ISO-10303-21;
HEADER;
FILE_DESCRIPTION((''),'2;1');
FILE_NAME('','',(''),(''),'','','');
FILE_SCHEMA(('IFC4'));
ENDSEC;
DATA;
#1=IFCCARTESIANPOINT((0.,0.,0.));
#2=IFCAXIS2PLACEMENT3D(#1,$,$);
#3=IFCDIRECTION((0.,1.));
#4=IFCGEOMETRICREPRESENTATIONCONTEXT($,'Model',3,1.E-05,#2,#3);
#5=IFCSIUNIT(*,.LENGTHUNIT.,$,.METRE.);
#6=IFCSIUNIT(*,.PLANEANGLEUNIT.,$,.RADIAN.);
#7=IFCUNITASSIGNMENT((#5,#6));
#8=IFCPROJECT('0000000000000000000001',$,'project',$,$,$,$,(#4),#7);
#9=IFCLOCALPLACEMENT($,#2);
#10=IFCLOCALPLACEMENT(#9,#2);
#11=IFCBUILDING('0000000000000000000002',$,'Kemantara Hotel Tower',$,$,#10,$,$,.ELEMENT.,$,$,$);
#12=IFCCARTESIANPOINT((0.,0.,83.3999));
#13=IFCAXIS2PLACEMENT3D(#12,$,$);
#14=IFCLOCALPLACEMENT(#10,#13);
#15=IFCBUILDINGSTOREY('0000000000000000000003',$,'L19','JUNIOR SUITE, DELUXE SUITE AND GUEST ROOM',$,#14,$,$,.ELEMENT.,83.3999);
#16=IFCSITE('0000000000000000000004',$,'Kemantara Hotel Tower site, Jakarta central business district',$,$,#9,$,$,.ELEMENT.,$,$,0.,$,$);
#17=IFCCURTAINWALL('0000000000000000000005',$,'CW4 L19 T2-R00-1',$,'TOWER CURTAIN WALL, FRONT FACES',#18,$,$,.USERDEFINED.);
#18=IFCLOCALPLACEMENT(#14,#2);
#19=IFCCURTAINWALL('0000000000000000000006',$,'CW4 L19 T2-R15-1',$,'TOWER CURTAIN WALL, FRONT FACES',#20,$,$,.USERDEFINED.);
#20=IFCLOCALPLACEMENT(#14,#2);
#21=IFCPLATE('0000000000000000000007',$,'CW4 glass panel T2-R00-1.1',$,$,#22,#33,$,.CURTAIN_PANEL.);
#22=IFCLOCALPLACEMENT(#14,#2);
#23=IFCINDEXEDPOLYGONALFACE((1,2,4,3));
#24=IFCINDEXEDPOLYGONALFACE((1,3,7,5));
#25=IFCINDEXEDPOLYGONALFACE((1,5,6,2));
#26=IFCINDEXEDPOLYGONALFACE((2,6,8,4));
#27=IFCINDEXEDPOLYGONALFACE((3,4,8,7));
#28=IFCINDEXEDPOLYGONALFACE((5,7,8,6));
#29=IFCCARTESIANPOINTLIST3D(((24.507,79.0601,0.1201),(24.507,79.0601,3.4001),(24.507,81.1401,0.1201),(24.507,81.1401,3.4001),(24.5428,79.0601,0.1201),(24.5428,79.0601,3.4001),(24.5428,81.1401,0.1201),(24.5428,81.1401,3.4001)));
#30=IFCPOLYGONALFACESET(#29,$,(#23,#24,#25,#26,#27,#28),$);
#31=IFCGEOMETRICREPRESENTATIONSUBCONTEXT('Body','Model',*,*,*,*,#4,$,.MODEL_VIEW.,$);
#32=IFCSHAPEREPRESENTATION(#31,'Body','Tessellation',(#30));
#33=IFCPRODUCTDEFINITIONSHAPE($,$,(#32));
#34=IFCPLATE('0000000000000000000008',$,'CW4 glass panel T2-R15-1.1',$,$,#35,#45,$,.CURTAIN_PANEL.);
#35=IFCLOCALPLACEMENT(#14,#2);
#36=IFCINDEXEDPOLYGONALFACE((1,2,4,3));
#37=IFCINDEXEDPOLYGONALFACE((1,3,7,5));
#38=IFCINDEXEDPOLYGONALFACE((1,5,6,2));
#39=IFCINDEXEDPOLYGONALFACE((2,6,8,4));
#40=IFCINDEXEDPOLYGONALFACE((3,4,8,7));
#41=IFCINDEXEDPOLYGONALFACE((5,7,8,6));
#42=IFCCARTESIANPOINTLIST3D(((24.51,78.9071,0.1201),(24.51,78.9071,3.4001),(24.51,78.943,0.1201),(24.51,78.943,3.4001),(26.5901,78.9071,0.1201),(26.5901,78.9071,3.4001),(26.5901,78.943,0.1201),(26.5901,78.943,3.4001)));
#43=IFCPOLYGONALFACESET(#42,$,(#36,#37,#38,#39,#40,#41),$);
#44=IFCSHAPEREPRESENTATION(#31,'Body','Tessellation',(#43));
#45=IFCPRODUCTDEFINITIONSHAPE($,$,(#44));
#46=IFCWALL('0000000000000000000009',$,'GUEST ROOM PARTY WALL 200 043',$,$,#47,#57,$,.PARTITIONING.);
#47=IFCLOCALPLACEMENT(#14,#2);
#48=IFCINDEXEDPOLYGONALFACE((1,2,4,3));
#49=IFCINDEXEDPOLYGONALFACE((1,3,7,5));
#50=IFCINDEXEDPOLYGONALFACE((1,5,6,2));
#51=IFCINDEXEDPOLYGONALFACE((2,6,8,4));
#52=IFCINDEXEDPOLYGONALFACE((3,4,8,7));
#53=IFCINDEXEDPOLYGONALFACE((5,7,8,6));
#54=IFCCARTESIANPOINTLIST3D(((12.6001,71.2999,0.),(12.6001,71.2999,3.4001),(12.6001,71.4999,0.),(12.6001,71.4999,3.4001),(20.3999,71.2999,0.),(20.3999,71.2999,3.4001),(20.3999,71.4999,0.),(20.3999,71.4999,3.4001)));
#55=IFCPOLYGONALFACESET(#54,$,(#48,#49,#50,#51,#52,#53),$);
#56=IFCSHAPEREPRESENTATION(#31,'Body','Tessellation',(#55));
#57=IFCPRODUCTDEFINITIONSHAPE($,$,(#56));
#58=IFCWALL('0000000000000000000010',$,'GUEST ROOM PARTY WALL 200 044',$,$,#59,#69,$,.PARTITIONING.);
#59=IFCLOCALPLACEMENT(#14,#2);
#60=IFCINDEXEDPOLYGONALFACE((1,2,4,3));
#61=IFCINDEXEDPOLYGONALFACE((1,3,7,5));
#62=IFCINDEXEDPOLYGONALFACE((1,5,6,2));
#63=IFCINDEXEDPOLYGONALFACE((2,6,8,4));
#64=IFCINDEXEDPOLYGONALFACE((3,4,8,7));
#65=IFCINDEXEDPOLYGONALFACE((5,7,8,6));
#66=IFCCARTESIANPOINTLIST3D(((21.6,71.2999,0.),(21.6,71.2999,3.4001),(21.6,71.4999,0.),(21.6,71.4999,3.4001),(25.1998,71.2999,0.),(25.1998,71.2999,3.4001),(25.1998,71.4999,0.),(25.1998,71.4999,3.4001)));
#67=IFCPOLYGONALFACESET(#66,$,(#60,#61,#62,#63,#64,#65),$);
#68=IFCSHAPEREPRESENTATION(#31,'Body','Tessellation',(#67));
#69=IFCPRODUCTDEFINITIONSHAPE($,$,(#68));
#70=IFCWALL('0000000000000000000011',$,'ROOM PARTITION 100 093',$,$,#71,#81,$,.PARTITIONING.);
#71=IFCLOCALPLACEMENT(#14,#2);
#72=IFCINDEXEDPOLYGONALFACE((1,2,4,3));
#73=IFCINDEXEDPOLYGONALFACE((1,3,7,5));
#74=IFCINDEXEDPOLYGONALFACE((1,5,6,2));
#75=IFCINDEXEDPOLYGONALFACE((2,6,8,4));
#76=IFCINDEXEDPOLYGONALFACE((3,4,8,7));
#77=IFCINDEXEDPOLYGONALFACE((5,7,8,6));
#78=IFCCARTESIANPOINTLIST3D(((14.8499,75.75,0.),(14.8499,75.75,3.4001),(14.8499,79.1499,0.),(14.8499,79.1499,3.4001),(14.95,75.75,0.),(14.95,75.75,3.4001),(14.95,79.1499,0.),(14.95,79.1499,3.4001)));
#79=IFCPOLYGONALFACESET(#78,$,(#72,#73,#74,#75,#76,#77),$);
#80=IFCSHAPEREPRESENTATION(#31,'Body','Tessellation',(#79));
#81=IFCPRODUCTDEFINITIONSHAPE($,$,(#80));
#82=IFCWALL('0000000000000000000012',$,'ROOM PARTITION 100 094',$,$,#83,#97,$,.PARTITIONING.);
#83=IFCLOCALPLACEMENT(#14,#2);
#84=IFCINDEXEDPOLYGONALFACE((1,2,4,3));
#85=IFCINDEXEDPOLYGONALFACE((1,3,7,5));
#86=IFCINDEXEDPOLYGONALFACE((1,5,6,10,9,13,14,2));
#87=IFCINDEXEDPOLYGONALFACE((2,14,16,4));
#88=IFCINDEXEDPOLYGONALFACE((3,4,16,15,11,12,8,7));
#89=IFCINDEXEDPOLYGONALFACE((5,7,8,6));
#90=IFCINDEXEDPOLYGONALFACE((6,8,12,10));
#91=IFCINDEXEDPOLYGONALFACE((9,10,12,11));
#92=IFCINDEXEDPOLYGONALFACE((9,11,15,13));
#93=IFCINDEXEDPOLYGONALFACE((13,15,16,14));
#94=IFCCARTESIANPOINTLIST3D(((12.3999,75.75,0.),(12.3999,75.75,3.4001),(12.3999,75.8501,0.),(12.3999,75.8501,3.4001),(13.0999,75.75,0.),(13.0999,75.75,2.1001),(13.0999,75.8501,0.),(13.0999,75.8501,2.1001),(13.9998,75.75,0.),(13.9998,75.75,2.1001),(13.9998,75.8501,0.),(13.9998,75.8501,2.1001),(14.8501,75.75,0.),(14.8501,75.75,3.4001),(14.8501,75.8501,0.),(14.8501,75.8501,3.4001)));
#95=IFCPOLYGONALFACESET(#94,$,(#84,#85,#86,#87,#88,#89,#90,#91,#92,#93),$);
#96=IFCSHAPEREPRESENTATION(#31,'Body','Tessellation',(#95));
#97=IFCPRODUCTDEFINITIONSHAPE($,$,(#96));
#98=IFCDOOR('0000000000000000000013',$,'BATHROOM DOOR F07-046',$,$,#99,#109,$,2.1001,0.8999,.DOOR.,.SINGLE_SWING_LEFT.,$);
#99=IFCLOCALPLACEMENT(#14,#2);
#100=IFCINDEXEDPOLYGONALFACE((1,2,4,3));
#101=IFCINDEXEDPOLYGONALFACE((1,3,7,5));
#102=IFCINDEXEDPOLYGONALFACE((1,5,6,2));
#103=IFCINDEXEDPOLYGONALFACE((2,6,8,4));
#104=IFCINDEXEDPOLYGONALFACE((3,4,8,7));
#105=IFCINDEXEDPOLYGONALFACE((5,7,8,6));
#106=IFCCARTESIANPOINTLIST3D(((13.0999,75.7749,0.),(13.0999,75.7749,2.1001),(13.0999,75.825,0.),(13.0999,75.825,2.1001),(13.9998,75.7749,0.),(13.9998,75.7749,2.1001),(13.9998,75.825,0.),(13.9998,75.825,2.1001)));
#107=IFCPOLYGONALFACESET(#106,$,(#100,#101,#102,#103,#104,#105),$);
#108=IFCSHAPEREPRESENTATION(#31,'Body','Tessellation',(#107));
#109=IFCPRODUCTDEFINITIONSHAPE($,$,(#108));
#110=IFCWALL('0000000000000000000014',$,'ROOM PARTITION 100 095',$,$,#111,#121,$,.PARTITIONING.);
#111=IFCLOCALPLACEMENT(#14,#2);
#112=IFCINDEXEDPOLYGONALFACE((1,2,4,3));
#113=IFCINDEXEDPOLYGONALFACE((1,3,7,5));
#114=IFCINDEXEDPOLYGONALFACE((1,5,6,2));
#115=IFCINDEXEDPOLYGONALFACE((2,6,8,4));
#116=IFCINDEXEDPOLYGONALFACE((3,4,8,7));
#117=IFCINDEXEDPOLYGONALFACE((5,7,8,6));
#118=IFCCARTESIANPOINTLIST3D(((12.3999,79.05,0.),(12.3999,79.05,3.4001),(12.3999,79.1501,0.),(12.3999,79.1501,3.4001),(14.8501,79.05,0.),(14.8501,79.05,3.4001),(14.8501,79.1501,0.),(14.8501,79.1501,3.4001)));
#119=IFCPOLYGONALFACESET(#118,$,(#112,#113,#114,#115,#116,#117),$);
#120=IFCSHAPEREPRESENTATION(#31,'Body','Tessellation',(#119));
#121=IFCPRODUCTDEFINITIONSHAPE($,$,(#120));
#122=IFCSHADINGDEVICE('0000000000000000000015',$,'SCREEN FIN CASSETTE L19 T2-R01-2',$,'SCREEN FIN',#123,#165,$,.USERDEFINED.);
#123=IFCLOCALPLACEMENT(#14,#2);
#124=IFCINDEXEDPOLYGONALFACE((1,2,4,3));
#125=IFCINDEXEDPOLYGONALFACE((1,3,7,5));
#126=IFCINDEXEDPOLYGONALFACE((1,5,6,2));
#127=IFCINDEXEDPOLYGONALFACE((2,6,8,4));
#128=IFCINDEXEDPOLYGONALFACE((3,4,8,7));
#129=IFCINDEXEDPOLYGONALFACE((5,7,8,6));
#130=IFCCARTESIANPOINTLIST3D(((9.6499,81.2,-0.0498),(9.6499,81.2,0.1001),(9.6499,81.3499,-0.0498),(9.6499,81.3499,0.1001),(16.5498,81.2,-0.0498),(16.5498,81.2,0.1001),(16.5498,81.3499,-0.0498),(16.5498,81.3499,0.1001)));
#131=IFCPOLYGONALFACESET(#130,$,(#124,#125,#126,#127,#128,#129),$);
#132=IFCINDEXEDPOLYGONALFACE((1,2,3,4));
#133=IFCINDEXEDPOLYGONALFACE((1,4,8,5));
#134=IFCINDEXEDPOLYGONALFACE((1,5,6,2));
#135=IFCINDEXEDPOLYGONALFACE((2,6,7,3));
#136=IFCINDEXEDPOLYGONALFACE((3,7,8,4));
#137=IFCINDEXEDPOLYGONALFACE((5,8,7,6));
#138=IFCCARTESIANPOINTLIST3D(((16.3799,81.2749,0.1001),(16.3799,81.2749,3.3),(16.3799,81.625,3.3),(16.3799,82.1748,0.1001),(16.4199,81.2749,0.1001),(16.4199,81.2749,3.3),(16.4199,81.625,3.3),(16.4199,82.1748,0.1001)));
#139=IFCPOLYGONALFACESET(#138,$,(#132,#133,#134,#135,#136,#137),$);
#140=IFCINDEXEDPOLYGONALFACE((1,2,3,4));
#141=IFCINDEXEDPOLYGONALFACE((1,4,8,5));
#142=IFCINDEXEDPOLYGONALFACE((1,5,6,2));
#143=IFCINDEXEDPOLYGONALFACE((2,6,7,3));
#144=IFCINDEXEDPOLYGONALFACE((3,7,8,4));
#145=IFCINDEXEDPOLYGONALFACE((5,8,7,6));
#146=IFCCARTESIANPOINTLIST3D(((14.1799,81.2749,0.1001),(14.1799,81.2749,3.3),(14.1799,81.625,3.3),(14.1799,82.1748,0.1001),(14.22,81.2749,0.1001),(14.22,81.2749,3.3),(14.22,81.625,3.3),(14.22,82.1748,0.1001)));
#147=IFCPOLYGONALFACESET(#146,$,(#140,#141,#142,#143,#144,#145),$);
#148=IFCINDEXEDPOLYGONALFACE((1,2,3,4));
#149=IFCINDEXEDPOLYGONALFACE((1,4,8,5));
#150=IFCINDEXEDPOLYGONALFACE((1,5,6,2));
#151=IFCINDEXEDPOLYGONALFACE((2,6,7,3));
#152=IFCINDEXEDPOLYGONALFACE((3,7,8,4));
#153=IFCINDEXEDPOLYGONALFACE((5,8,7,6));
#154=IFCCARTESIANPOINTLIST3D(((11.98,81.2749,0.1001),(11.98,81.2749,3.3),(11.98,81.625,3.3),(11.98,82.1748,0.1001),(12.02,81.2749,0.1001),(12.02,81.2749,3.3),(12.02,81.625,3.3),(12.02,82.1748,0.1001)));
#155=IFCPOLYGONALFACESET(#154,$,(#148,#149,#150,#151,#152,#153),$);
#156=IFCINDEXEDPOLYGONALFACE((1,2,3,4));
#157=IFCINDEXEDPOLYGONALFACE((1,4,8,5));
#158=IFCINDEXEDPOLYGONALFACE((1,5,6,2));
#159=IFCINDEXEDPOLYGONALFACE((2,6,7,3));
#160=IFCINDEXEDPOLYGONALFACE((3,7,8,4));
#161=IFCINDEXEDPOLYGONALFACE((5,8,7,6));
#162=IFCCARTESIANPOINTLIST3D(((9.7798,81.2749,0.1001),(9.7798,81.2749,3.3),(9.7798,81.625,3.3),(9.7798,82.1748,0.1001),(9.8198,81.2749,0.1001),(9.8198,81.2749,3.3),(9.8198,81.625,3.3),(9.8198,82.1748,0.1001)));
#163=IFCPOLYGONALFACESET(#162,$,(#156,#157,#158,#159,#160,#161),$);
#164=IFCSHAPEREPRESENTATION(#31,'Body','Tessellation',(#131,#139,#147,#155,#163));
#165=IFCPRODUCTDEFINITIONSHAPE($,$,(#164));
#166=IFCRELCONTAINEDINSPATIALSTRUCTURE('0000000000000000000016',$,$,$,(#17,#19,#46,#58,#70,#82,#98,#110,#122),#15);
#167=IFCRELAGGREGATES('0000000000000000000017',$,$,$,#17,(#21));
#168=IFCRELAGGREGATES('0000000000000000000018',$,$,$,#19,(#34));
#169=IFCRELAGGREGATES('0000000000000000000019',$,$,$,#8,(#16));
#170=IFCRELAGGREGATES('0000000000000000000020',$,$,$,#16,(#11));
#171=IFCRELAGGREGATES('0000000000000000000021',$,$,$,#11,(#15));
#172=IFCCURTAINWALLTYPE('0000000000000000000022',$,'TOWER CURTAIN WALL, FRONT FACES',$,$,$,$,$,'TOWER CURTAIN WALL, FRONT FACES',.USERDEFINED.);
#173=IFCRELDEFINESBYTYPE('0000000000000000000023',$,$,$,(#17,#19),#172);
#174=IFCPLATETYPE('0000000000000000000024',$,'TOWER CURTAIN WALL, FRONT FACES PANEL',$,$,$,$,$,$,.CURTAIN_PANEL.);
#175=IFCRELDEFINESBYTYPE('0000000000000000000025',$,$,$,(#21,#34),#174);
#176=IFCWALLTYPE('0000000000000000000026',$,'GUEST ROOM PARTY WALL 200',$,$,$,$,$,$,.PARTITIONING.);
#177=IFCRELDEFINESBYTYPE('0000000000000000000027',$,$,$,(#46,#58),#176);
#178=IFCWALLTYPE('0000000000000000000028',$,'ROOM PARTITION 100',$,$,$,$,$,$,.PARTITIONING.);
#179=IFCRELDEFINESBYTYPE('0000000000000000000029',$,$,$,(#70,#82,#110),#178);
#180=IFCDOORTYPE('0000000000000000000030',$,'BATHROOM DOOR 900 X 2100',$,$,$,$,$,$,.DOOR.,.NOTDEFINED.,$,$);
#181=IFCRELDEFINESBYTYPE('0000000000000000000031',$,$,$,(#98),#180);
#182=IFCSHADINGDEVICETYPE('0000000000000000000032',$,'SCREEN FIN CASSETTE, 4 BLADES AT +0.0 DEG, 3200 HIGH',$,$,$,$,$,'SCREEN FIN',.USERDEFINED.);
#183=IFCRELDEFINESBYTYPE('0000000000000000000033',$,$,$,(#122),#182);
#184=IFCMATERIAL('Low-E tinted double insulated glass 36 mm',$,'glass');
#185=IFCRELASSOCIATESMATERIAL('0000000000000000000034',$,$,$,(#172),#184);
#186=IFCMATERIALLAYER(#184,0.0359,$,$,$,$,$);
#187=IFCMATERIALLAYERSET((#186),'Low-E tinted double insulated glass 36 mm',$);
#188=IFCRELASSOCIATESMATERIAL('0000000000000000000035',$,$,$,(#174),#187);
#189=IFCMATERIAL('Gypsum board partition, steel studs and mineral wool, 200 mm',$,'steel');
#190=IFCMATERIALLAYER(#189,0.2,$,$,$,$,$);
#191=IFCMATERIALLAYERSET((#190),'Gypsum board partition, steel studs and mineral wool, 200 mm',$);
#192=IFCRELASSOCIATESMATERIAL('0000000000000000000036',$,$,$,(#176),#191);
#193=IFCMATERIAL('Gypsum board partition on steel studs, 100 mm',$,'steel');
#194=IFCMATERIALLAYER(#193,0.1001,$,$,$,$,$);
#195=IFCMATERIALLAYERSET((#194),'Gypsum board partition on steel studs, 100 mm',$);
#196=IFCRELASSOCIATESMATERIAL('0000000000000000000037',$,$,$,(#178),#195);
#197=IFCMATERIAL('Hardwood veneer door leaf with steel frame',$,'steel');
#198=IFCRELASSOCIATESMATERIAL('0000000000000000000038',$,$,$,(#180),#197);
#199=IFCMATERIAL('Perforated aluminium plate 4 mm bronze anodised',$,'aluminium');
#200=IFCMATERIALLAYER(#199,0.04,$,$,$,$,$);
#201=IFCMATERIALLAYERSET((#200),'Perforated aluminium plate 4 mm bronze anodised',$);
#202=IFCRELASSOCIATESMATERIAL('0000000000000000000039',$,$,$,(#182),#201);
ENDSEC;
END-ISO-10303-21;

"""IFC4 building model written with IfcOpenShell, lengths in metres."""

from ifc_helpers import new_model, si_unit, direction, frame, frame_2d, origin, origin_2d, place, context, subcontext, project, spatial, polyline, rectangle, outline, extrude, source, transform, mapped, material, layer, layer_set, type_object, element, fill, aggregate, save


model = new_model("IFC4")

# Units and contexts
model_context = context("Model", 3, precision=1e-05, world=origin(), true_north=direction((0.0, 1.0)))
body_context = subcontext(model_context, "Body", "Model", "MODEL_VIEW")
ifc_project = project(units=[si_unit("LENGTHUNIT", "METRE"), si_unit("PLANEANGLEUNIT", "RADIAN")], contexts=[model_context])

# Site, building, storey
site_placement = place(None, origin())
site = spatial("IfcSite", under=ifc_project, at=site_placement, Name="Kemantara Hotel Tower site, Jakarta central business district", CompositionType="ELEMENT", RefElevation=0.0)
building_placement = place(site_placement, origin())
building = spatial("IfcBuilding", under=site, at=building_placement, Name="Kemantara Hotel Tower", CompositionType="ELEMENT")
storey_placement = place(building_placement, frame((0.0, 0.0, 83.3999)))
storey = spatial("IfcBuildingStorey", under=building, at=storey_placement, Name="L19", Description="JUNIOR SUITE, DELUXE SUITE AND GUEST ROOM", CompositionType="ELEMENT", Elevation=83.3999)

# Curtain wall
ifc_material_1 = material(Name="Low-E tinted double insulated glass 36 mm", Category="glass")
curtain_wall_type = type_object("IfcCurtainWallType", Name="TOWER CURTAIN WALL, FRONT FACES", ElementType="TOWER CURTAIN WALL, FRONT FACES", PredefinedType="USERDEFINED", material=ifc_material_1)
curtain_wall_1_placement = place(storey_placement, origin())
curtain_wall_1 = element("IfcCurtainWall", 1, at=curtain_wall_1_placement, inside=storey, type_object=curtain_wall_type, Name="CW4 L19 T2-R00-1", ObjectType="TOWER CURTAIN WALL, FRONT FACES", PredefinedType="USERDEFINED")

# Curtain wall
curtain_wall_2_placement = place(storey_placement, origin())
curtain_wall_2 = element("IfcCurtainWall", 2, at=curtain_wall_2_placement, inside=storey, type_object=curtain_wall_type, Name="CW4 L19 T2-R15-1", ObjectType="TOWER CURTAIN WALL, FRONT FACES", PredefinedType="USERDEFINED")

# Plates
ifc_layer_1 = layer(ifc_material_1, 0.0359)
ifc_layer_set_1 = layer_set([ifc_layer_1], Name="Low-E tinted double insulated glass 36 mm")
plate_type = type_object("IfcPlateType", Name="TOWER CURTAIN WALL, FRONT FACES PANEL", PredefinedType="CURTAIN_PANEL", material=ifc_layer_set_1)
shared_shape_1 = source(origin(), body_context, "Body", "SweptSolid", [
    extrude(rectangle(XDim=2.0801, YDim=0.0359, at=origin_2d()), origin(), (0.0, 0.0, 1.0), 3.28),
])
plate_1_placement = place(storey_placement, frame((24.5249, 80.1001, 0.1201), z_axis=(0.0, 0.0, 1.0), x_axis=(0.0, 1.0, 0.0)))
plate_1 = element("IfcPlate", 3, at=plate_1_placement, type_object=plate_type, Name="CW4 glass panel T2-R00-1.1", PredefinedType="CURTAIN_PANEL", context=body_context, shape_type="MappedRepresentation", body=[
    mapped(shared_shape_1, transform((0.0, 0.0, 0.0))),
])
aggregate(curtain_wall_1, [plate_1])
plate_2_placement = place(storey_placement, frame((25.55, 78.925, 0.1201), z_axis=(0.0, 0.0, 1.0), x_axis=(-1.0, 0.0, 0.0)))
plate_2 = element("IfcPlate", 4, at=plate_2_placement, type_object=plate_type, Name="CW4 glass panel T2-R15-1.1", PredefinedType="CURTAIN_PANEL", context=body_context, shape_type="MappedRepresentation", body=[
    mapped(shared_shape_1, transform((0.0, 0.0, 0.0))),
])
aggregate(curtain_wall_2, [plate_2])

# Walls
ifc_material_2 = material(Name="Gypsum board partition, steel studs and mineral wool, 200 mm", Category="steel")
ifc_layer_2 = layer(ifc_material_2, 0.2)
ifc_layer_set_2 = layer_set([ifc_layer_2], Name="Gypsum board partition, steel studs and mineral wool, 200 mm")
wall_type_1 = type_object("IfcWallType", Name="GUEST ROOM PARTY WALL 200", PredefinedType="PARTITIONING", material=ifc_layer_set_2)
wall_1_placement = place(storey_placement, frame((12.6001, 71.3999, 0.0), z_axis=(0.0, 0.0, 1.0), x_axis=(1.0, 0.0, 0.0)))
element("IfcWall", 5, at=wall_1_placement, inside=storey, type_object=wall_type_1, Name="GUEST ROOM PARTY WALL 200 043", PredefinedType="PARTITIONING", context=body_context, shape_type="SweptSolid", body=[
    extrude(rectangle(XDim=7.7998, YDim=0.2, at=frame_2d((3.8999, 0.0))), origin(), (0.0, 0.0, 1.0), 3.4001),
])
wall_2_placement = place(storey_placement, frame((21.6001, 71.3999, 0.0), z_axis=(0.0, 0.0, 1.0), x_axis=(1.0, 0.0, 0.0)))
element("IfcWall", 6, at=wall_2_placement, inside=storey, type_object=wall_type_1, Name="GUEST ROOM PARTY WALL 200 044", PredefinedType="PARTITIONING", context=body_context, shape_type="SweptSolid", body=[
    extrude(rectangle(XDim=3.5999, YDim=0.2, at=frame_2d((1.7998, 0.0))), origin(), (0.0, 0.0, 1.0), 3.4001),
])
ifc_material_3 = material(Name="Gypsum board partition on steel studs, 100 mm", Category="steel")
ifc_layer_3 = layer(ifc_material_3, 0.1001)
ifc_layer_set_3 = layer_set([ifc_layer_3], Name="Gypsum board partition on steel studs, 100 mm")
wall_type_2 = type_object("IfcWallType", Name="ROOM PARTITION 100", PredefinedType="PARTITIONING", material=ifc_layer_set_3)
wall_3_placement = place(storey_placement, frame((14.8999, 75.75, 0.0), z_axis=(0.0, 0.0, 1.0), x_axis=(0.0, 1.0, 0.0)))
element("IfcWall", 7, at=wall_3_placement, inside=storey, type_object=wall_type_2, Name="ROOM PARTITION 100 093", PredefinedType="PARTITIONING", context=body_context, shape_type="SweptSolid", body=[
    extrude(rectangle(XDim=3.3999, YDim=0.1001, at=frame_2d((1.7, 0.0))), origin(), (0.0, 0.0, 1.0), 3.4001),
])

# Wall, opening, door
wall_4_placement = place(storey_placement, frame((12.3999, 75.8, 0.0), z_axis=(0.0, 0.0, 1.0), x_axis=(1.0, 0.0, 0.0)))
wall_4 = element("IfcWall", 8, at=wall_4_placement, inside=storey, type_object=wall_type_2, Name="ROOM PARTITION 100 094", PredefinedType="PARTITIONING", context=body_context, shape_type="SweptSolid", body=[
    extrude(rectangle(XDim=2.4502, YDim=0.1001, at=frame_2d((1.2251, 0.0))), origin(), (0.0, 0.0, 1.0), 3.4001),
])
opening_placement = place(wall_4_placement, frame((0.7, 0.0, 0.0)))
opening = element("IfcOpeningElement", 9, at=opening_placement, cuts=wall_4, PredefinedType="OPENING", context=body_context, shape_type="SweptSolid", body=[
    extrude(rectangle(XDim=0.8999, YDim=2.1001, at=frame_2d((0.45, 1.05))), frame((0.0, 0.0601, 0.0), z_axis=(0.0, -1.0, 0.0), x_axis=(1.0, 0.0, 0.0)), (0.0, 0.0, 1.0), 0.1201),
])
ifc_material_4 = material(Name="Hardwood veneer door leaf with steel frame", Category="steel")
door_type = type_object("IfcDoorType", Name="BATHROOM DOOR 900 X 2100", OperationType="NOTDEFINED", PredefinedType="DOOR", material=ifc_material_4)
door_placement = place(opening_placement, origin())
door = element("IfcDoor", 10, at=door_placement, inside=storey, type_object=door_type, Name="BATHROOM DOOR F07-046", OperationType="SINGLE_SWING_LEFT", OverallHeight=2.1001, OverallWidth=0.8999, PredefinedType="DOOR", context=body_context, shape_type="SweptSolid", body=[
    extrude(rectangle(XDim=0.8999, YDim=2.1001, at=frame_2d((0.45, 1.05))), frame((0.0, 0.0249, 0.0), z_axis=(0.0, -1.0, 0.0), x_axis=(1.0, 0.0, 0.0)), (0.0, 0.0, 1.0), 0.05),
])
fill(opening, door)

# Wall
wall_5_placement = place(storey_placement, frame((12.3999, 79.1001, 0.0), z_axis=(0.0, 0.0, 1.0), x_axis=(1.0, 0.0, 0.0)))
element("IfcWall", 11, at=wall_5_placement, inside=storey, type_object=wall_type_2, Name="ROOM PARTITION 100 095", PredefinedType="PARTITIONING", context=body_context, shape_type="SweptSolid", body=[
    extrude(rectangle(XDim=2.4502, YDim=0.1001, at=frame_2d((1.2251, 0.0))), origin(), (0.0, 0.0, 1.0), 3.4001),
])

# Shading device
ifc_material_5 = material(Name="Perforated aluminium plate 4 mm bronze anodised", Category="aluminium")
ifc_layer_4 = layer(ifc_material_5, 0.04)
ifc_layer_set_4 = layer_set([ifc_layer_4], Name="Perforated aluminium plate 4 mm bronze anodised")
shading_device_type_1 = type_object("IfcShadingDeviceType", Name="SCREEN FIN CASSETTE, 4 BLADES AT +0.0 DEG, 3200 HIGH", ElementType="SCREEN FIN", PredefinedType="USERDEFINED", material=ifc_layer_set_4)
shared_shape_2 = source(origin(), body_context, "Body", "SweptSolid", [
    extrude(rectangle(XDim=6.8999, YDim=0.1499, at=origin_2d()), frame((3.3, -0.075, -0.1499), z_axis=(0.0, 0.0, 1.0), x_axis=(1.0, 0.0, 0.0)), (0.0, 0.0, 1.0), 0.1499),
    extrude(outline(polyline([(0.0, 0.0), (0.8999, 0.0), (0.3501, 3.2), (0.0, 3.2), (0.0, 0.0)])), frame((0.02, -0.075, 0.0), z_axis=(-1.0, 0.0, 0.0), x_axis=(0.0, -1.0, 0.0)), (0.0, 0.0, 1.0), 0.04),
    extrude(outline(polyline([(0.0, 0.0), (0.8999, 0.0), (0.3501, 3.2), (0.0, 3.2), (0.0, 0.0)])), frame((2.22, -0.075, 0.0), z_axis=(-1.0, 0.0, 0.0), x_axis=(0.0, -1.0, 0.0)), (0.0, 0.0, 1.0), 0.04),
    extrude(outline(polyline([(0.0, 0.0), (0.8999, 0.0), (0.3501, 3.2), (0.0, 3.2), (0.0, 0.0)])), frame((4.4199, -0.075, 0.0), z_axis=(-1.0, 0.0, 0.0), x_axis=(0.0, -1.0, 0.0)), (0.0, 0.0, 1.0), 0.04),
    extrude(outline(polyline([(0.0, 0.0), (0.8999, 0.0), (0.3501, 3.2), (0.0, 3.2), (0.0, 0.0)])), frame((6.6201, -0.075, 0.0), z_axis=(-1.0, 0.0, 0.0), x_axis=(0.0, -1.0, 0.0)), (0.0, 0.0, 1.0), 0.04),
])
shading_device_1_placement = place(storey_placement, frame((16.3999, 81.2, 0.1001), z_axis=(0.0, 0.0, 1.0), x_axis=(-1.0, 0.0, 0.0)))
element("IfcShadingDevice", 12, at=shading_device_1_placement, inside=storey, type_object=shading_device_type_1, Name="SCREEN FIN CASSETTE L19 T2-R01-2", ObjectType="SCREEN FIN", PredefinedType="USERDEFINED", context=body_context, shape_type="MappedRepresentation", body=[
    mapped(shared_shape_2, transform((0.0, 0.0, 0.0))),
])

save(model, "model.ifc")
